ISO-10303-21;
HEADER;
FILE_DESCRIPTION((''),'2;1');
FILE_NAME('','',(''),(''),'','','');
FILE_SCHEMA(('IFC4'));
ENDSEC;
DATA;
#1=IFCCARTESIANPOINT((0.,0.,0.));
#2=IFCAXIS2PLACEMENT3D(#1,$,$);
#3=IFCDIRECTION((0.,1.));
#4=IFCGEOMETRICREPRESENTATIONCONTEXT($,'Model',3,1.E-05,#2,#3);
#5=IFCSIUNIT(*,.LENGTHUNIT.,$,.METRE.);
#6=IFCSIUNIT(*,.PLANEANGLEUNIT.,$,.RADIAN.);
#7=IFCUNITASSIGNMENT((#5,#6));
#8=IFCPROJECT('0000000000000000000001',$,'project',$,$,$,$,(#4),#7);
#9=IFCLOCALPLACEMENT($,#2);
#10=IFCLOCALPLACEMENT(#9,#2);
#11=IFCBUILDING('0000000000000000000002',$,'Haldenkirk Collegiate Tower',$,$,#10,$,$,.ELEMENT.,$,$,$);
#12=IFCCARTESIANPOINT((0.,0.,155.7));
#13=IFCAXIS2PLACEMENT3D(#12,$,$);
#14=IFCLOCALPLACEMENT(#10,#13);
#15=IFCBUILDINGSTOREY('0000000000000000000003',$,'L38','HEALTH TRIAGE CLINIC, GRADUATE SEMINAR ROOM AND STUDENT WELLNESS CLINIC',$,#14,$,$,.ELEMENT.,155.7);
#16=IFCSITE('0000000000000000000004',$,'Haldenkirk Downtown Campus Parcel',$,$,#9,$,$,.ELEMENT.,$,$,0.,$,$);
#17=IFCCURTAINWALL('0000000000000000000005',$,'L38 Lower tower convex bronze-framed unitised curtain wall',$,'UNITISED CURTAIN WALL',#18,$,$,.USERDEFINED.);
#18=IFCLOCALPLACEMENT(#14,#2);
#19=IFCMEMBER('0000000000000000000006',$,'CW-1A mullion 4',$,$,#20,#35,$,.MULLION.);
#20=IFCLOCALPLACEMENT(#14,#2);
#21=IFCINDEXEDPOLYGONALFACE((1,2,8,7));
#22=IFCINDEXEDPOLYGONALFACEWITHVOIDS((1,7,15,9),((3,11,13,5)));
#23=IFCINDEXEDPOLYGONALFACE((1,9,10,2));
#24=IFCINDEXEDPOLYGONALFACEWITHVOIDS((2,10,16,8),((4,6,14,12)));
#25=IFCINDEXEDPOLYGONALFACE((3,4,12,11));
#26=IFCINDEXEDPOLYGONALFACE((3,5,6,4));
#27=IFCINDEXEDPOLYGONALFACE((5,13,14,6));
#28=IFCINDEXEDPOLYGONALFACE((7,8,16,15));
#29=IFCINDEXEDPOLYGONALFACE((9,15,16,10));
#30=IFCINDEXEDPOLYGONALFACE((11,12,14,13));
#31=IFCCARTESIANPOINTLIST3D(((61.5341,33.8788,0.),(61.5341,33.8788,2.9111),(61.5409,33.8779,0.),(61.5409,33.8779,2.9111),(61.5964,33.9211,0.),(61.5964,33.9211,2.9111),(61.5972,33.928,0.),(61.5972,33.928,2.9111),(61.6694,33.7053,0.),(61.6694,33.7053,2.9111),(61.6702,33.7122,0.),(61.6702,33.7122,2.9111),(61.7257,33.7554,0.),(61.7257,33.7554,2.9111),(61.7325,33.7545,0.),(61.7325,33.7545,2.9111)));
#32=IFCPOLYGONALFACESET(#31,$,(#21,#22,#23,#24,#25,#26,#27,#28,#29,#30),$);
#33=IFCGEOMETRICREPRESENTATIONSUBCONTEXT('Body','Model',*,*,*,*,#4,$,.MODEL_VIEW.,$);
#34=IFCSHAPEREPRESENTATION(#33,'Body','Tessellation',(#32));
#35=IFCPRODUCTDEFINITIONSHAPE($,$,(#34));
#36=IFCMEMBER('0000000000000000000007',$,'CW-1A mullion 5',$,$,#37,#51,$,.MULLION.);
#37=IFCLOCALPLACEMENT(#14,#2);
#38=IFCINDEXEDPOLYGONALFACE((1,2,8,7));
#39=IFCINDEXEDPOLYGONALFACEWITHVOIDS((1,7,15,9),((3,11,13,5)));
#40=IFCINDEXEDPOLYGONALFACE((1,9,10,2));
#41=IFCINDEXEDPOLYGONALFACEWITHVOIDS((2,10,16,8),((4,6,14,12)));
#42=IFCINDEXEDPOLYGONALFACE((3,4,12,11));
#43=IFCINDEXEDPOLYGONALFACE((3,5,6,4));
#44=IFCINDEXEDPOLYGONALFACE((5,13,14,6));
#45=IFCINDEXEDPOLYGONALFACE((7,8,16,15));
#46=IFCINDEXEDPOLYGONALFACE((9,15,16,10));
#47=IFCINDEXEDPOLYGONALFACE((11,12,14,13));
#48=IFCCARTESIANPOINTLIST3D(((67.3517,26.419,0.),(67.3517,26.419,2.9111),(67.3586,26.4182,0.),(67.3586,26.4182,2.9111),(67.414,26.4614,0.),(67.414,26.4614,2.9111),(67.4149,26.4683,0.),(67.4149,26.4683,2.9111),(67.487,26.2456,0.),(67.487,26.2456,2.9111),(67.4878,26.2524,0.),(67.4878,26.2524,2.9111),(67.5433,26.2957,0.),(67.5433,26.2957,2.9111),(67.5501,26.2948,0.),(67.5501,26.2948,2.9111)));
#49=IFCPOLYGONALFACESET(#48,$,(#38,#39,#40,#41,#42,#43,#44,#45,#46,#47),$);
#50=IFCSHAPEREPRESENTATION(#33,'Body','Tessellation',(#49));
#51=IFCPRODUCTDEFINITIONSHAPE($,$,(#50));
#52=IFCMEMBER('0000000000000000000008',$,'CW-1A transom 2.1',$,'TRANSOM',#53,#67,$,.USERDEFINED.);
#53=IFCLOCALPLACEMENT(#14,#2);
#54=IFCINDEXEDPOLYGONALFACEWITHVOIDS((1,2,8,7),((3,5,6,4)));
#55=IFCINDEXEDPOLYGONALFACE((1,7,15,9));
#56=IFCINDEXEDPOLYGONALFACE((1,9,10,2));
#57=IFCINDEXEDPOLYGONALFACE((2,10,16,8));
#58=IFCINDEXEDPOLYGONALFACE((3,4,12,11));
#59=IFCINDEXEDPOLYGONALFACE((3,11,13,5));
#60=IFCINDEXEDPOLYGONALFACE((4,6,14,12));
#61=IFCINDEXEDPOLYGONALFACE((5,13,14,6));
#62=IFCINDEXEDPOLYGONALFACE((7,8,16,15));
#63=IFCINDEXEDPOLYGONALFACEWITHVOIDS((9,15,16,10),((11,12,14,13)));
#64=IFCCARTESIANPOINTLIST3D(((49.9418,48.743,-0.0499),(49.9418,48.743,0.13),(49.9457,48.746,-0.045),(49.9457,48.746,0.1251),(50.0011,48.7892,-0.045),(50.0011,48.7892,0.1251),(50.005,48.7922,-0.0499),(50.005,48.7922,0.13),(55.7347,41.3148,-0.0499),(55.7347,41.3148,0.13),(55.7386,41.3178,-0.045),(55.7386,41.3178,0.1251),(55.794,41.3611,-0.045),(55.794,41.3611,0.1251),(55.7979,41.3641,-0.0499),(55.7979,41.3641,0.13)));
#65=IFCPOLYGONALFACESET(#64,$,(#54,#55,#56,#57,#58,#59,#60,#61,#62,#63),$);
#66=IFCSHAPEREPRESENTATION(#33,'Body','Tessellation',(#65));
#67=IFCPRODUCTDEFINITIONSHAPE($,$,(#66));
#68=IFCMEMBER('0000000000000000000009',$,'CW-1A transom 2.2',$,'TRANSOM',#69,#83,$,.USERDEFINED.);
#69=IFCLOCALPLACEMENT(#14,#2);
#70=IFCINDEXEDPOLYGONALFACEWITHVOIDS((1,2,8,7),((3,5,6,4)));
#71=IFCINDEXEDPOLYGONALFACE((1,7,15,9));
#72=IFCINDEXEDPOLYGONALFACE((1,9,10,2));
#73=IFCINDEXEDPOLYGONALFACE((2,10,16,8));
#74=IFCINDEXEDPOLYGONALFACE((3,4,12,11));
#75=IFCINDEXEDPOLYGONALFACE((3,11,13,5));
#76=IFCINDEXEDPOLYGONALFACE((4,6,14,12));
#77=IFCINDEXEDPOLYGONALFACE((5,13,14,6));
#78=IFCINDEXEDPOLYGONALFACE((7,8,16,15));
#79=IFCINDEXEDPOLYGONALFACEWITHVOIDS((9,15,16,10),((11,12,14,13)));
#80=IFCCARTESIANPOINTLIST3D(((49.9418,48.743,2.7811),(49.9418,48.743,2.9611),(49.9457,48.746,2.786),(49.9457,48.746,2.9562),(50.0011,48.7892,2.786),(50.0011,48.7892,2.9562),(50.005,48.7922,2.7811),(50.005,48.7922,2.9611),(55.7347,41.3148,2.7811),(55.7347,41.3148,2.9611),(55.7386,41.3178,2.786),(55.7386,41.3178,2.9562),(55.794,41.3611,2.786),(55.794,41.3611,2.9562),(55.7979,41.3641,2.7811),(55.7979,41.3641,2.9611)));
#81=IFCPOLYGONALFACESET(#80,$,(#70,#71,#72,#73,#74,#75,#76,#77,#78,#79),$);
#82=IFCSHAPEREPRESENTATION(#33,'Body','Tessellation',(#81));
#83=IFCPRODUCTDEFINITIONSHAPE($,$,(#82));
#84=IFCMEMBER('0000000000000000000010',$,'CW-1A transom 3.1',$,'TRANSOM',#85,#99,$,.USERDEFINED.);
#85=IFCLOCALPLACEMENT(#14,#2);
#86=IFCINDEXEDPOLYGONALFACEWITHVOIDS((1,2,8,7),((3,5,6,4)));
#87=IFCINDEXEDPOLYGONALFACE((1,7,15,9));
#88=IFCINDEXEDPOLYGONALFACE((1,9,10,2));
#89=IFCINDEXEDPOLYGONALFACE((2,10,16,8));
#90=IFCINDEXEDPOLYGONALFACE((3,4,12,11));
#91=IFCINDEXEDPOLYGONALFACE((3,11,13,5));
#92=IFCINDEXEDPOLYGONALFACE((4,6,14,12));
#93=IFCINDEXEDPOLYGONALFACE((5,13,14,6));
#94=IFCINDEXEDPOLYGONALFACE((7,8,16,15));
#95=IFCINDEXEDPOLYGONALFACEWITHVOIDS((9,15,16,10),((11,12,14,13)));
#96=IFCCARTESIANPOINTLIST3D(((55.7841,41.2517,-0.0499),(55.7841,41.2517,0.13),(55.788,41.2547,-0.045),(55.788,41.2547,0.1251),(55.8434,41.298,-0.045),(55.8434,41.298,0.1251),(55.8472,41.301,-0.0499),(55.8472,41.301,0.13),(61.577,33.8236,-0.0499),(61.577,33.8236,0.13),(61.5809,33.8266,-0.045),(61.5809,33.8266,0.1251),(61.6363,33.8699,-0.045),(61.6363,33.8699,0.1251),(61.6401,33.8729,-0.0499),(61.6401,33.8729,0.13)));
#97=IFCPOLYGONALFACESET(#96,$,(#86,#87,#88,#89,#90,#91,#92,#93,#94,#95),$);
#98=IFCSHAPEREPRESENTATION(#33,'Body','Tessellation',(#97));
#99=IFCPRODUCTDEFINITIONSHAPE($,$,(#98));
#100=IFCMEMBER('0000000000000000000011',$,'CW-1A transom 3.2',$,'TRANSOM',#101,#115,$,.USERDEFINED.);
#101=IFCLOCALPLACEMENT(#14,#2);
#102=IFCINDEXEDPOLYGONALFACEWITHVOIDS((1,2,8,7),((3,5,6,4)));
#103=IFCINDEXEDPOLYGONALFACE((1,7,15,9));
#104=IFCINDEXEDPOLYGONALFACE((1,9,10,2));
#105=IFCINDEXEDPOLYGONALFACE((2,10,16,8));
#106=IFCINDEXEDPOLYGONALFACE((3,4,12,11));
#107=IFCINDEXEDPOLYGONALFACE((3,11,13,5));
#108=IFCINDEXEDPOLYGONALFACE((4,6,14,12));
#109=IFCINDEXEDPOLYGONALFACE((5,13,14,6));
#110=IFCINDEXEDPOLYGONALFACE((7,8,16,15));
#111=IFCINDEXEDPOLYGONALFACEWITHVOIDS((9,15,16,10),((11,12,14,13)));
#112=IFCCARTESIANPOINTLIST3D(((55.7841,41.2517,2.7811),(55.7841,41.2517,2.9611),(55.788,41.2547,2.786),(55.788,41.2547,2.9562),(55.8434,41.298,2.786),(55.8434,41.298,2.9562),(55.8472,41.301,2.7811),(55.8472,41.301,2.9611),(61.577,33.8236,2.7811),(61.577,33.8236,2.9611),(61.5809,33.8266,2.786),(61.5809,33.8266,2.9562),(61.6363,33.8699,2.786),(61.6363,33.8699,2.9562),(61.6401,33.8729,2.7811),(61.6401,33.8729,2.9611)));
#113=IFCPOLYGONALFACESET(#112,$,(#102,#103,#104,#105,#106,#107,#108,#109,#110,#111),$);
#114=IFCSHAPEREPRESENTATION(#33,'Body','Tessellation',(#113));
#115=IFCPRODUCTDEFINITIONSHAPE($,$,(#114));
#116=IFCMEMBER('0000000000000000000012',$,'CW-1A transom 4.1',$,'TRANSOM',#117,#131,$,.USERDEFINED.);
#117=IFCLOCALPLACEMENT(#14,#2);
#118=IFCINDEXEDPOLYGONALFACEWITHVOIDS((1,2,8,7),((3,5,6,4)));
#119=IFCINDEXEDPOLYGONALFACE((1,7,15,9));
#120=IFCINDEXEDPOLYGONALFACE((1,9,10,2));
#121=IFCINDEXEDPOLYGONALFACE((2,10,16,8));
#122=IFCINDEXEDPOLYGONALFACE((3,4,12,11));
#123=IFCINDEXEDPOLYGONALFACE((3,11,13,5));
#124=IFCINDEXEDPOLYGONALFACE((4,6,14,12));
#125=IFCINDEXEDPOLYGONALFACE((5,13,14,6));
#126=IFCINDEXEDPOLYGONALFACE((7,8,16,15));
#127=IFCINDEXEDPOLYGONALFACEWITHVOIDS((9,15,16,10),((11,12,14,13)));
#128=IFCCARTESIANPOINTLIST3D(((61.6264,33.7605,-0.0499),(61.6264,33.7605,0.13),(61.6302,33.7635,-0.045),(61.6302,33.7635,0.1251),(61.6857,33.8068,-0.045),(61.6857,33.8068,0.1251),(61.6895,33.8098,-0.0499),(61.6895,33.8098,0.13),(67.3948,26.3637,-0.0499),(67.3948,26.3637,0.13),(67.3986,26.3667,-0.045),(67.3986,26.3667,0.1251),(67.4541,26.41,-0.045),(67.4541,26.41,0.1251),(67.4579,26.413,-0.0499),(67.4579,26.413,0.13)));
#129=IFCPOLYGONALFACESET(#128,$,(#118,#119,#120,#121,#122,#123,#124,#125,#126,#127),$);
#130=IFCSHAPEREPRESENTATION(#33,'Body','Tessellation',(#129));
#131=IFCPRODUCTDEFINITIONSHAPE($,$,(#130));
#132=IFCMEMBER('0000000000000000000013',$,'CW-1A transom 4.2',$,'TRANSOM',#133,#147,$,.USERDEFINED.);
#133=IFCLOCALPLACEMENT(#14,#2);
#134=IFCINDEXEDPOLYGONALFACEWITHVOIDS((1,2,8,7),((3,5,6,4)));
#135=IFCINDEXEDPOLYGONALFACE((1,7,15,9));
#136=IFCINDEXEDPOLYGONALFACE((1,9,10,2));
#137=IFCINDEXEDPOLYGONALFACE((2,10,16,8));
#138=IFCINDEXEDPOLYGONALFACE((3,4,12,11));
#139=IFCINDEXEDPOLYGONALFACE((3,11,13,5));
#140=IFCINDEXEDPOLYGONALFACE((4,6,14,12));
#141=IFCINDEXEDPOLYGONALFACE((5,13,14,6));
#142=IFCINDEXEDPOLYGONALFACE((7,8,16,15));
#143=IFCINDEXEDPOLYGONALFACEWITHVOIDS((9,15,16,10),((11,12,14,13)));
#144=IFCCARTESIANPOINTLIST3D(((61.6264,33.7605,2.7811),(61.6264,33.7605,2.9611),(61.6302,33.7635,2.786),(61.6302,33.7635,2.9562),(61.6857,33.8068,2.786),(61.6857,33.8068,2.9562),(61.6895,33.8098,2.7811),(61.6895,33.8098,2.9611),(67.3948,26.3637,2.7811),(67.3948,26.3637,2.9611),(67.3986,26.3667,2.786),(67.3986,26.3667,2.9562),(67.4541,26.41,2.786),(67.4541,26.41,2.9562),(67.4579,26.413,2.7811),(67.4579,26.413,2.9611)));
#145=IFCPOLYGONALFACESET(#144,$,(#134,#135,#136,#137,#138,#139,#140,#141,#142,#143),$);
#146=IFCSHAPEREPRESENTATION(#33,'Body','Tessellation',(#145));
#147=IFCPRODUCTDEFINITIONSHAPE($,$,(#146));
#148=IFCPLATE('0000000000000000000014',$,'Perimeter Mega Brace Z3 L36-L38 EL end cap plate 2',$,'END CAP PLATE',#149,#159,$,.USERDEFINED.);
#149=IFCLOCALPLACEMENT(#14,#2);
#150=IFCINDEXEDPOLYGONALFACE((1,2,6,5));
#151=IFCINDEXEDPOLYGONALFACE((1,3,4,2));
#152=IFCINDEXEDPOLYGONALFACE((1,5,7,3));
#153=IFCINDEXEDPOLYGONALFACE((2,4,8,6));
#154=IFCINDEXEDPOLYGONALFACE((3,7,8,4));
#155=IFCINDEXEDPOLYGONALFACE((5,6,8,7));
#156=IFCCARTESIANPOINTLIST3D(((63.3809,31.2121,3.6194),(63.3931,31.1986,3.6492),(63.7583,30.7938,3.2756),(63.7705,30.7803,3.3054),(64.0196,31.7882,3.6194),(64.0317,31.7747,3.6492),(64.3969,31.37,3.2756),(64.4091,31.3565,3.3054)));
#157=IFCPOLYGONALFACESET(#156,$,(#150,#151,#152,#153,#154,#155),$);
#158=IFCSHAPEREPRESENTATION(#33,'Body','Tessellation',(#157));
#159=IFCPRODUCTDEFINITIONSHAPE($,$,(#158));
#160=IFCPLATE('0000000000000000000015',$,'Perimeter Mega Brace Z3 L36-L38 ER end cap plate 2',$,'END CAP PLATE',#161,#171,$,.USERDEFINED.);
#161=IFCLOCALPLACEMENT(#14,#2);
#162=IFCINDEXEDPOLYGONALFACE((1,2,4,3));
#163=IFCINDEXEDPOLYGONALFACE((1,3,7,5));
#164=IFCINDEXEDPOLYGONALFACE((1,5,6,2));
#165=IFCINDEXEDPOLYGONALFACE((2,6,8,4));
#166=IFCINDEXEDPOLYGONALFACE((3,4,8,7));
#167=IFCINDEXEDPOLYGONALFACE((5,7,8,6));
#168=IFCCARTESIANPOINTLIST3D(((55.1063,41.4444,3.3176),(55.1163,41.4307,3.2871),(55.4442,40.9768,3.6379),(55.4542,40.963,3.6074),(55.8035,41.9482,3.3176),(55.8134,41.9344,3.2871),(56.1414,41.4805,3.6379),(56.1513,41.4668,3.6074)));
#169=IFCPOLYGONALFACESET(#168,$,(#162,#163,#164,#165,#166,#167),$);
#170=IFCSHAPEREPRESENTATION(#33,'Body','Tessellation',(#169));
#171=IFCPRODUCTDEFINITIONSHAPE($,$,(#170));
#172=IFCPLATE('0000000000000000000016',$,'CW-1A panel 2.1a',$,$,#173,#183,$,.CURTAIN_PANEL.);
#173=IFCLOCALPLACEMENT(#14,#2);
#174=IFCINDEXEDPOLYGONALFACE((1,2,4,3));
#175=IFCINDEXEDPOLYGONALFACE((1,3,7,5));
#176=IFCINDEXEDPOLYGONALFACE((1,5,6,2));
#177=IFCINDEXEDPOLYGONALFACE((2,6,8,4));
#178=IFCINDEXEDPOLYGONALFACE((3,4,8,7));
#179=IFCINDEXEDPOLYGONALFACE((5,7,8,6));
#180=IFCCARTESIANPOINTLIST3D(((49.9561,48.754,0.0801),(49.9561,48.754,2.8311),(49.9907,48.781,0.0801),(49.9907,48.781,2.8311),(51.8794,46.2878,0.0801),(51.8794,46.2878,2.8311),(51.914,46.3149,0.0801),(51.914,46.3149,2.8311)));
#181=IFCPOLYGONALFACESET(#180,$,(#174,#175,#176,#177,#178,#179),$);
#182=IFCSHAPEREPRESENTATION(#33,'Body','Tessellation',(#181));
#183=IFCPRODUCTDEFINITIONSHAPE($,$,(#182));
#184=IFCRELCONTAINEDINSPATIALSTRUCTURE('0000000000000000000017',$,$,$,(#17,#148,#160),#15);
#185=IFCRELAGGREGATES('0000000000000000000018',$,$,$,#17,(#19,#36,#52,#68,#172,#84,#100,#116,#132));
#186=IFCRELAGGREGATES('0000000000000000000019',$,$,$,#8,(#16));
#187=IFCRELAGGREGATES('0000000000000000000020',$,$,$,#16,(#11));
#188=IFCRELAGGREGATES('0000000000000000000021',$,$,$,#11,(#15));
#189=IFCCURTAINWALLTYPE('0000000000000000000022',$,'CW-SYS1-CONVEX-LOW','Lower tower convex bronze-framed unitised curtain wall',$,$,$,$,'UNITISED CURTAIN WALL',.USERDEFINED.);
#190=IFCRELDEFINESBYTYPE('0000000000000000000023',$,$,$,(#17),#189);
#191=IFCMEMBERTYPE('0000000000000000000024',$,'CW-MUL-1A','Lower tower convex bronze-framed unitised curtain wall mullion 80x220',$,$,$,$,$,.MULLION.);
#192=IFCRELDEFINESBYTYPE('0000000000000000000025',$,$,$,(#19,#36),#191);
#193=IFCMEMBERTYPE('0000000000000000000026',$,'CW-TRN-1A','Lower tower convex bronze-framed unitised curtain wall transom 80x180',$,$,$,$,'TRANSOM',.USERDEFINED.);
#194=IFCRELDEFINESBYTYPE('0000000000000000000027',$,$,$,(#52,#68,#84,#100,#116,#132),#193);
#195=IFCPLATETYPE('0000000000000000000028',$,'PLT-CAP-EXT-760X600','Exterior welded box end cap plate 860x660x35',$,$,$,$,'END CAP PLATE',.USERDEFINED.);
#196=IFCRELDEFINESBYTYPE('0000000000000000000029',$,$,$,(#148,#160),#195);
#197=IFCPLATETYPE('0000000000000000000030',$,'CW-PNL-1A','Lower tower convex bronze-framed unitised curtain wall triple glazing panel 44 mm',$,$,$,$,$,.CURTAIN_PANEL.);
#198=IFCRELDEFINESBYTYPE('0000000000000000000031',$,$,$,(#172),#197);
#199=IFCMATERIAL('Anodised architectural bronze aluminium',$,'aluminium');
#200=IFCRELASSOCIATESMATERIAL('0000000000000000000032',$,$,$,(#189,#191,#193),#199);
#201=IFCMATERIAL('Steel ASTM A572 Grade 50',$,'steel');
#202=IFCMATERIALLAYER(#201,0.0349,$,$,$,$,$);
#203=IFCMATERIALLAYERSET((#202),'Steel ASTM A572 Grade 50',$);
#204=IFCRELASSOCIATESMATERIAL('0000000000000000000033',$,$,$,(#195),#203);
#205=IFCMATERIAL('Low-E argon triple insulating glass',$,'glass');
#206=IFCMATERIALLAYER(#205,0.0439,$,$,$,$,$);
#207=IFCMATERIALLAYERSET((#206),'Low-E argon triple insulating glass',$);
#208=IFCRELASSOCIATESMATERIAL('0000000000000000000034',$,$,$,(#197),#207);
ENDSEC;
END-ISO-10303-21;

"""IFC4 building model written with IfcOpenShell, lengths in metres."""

from ifc_helpers import new_model, si_unit, direction, frame, origin, origin_2d, place, context, subcontext, project, spatial, rectangle, hollow_rectangle, extrude, source, transform, mapped, material, layer, layer_set, material_profile, profile_set, type_object, element, aggregate, save


model = new_model("IFC4")

# Units and contexts
model_context = context("Model", 3, precision=1e-05, world=origin(), true_north=direction((0.0, 1.0)))
body_context = subcontext(model_context, "Body", "Model", "MODEL_VIEW")
ifc_project = project(units=[si_unit("LENGTHUNIT", "METRE"), si_unit("PLANEANGLEUNIT", "RADIAN")], contexts=[model_context])

# Site, building, storey
site_placement = place(None, origin())
site = spatial("IfcSite", under=ifc_project, at=site_placement, Name="Haldenkirk Downtown Campus Parcel", CompositionType="ELEMENT", RefElevation=0.0)
building_placement = place(site_placement, origin())
building = spatial("IfcBuilding", under=site, at=building_placement, Name="Haldenkirk Collegiate Tower", CompositionType="ELEMENT")
storey_placement = place(building_placement, frame((0.0, 0.0, 155.7)))
storey = spatial("IfcBuildingStorey", under=building, at=storey_placement, Name="L38", Description="HEALTH TRIAGE CLINIC, GRADUATE SEMINAR ROOM AND STUDENT WELLNESS CLINIC", CompositionType="ELEMENT", Elevation=155.7)

# Curtain wall, members
ifc_material_1 = material(Name="Anodised architectural bronze aluminium", Category="aluminium")
curtain_wall_type = type_object("IfcCurtainWallType", Name="CW-SYS1-CONVEX-LOW", Description="Lower tower convex bronze-framed unitised curtain wall", ElementType="UNITISED CURTAIN WALL", PredefinedType="USERDEFINED", material=ifc_material_1)
curtain_wall_placement = place(storey_placement, origin())
curtain_wall = element("IfcCurtainWall", 1, at=curtain_wall_placement, inside=storey, type_object=curtain_wall_type, Name="L38 Lower tower convex bronze-framed unitised curtain wall", ObjectType="UNITISED CURTAIN WALL", PredefinedType="USERDEFINED")
ifc_material_profile_1 = material_profile(ifc_material_1, hollow_rectangle(XDim=0.0801, YDim=0.22, WallThickness=0.0049, at=origin_2d()), Name="CW-MUL-1A")
ifc_profile_set_1 = profile_set([ifc_material_profile_1], Name="Anodised architectural bronze aluminium")
member_type_1 = type_object("IfcMemberType", Name="CW-MUL-1A", Description="Lower tower convex bronze-framed unitised curtain wall mullion 80x220", PredefinedType="MULLION", material=ifc_profile_set_1)
member_1_placement = place(storey_placement, frame((61.6333, 33.8167, 0.0), z_axis=(0.0, 0.0, 1.0), x_axis=(0.788548, 0.614974, 0.0)))
member_1 = element("IfcMember", 2, at=member_1_placement, type_object=member_type_1, Name="CW-1A mullion 4", PredefinedType="MULLION", context=body_context, shape_type="SweptSolid", body=[
    extrude(hollow_rectangle(XDim=0.0801, YDim=0.22, WallThickness=0.0049, at=origin_2d()), origin(), (0.0, 0.0, 1.0), 2.9111),
])
member_2_placement = place(storey_placement, frame((67.4509, 26.3569, 0.0), z_axis=(0.0, 0.0, 1.0), x_axis=(0.788548, 0.614974, 0.0)))
member_2 = element("IfcMember", 3, at=member_2_placement, type_object=member_type_1, Name="CW-1A mullion 5", PredefinedType="MULLION", context=body_context, shape_type="SweptSolid", body=[
    extrude(hollow_rectangle(XDim=0.0801, YDim=0.22, WallThickness=0.0049, at=origin_2d()), origin(), (0.0, 0.0, 1.0), 2.9111),
])
ifc_material_profile_2 = material_profile(ifc_material_1, hollow_rectangle(XDim=0.0801, YDim=0.1799, WallThickness=0.0049, at=origin_2d()), Name="CW-TRN-1A")
ifc_profile_set_2 = profile_set([ifc_material_profile_2], Name="Anodised architectural bronze aluminium")
member_type_2 = type_object("IfcMemberType", Name="CW-TRN-1A", Description="Lower tower convex bronze-framed unitised curtain wall transom 80x180", ElementType="TRANSOM", PredefinedType="USERDEFINED", material=ifc_profile_set_2)
member_3_placement = place(storey_placement, frame((49.9734, 48.7676, 0.04), z_axis=(0.614963, -0.788556, 0.0), x_axis=(0.788556, 0.614963, 0.0)))
member_3 = element("IfcMember", 4, at=member_3_placement, type_object=member_type_2, Name="CW-1A transom 2.1", ObjectType="TRANSOM", PredefinedType="USERDEFINED", context=body_context, shape_type="SweptSolid", body=[
    extrude(hollow_rectangle(XDim=0.0801, YDim=0.1799, WallThickness=0.0049, at=origin_2d()), origin(), (0.0, 0.0, 1.0), 9.4199),
])
member_4_placement = place(storey_placement, frame((49.9734, 48.7676, 2.8711), z_axis=(0.614963, -0.788556, 0.0), x_axis=(0.788556, 0.614963, 0.0)))
member_4 = element("IfcMember", 5, at=member_4_placement, type_object=member_type_2, Name="CW-1A transom 2.2", ObjectType="TRANSOM", PredefinedType="USERDEFINED", context=body_context, shape_type="SweptSolid", body=[
    extrude(hollow_rectangle(XDim=0.0801, YDim=0.1799, WallThickness=0.0049, at=origin_2d()), origin(), (0.0, 0.0, 1.0), 9.4199),
])
member_5_placement = place(storey_placement, frame((55.8157, 41.2764, 0.04), z_axis=(0.614963, -0.788556, 0.0), x_axis=(0.788556, 0.614963, 0.0)))
member_5 = element("IfcMember", 6, at=member_5_placement, type_object=member_type_2, Name="CW-1A transom 3.1", ObjectType="TRANSOM", PredefinedType="USERDEFINED", context=body_context, shape_type="SweptSolid", body=[
    extrude(hollow_rectangle(XDim=0.0801, YDim=0.1799, WallThickness=0.0049, at=origin_2d()), origin(), (0.0, 0.0, 1.0), 9.4199),
])
member_6_placement = place(storey_placement, frame((55.8157, 41.2764, 2.8711), z_axis=(0.614963, -0.788556, 0.0), x_axis=(0.788556, 0.614963, 0.0)))
member_6 = element("IfcMember", 7, at=member_6_placement, type_object=member_type_2, Name="CW-1A transom 3.2", ObjectType="TRANSOM", PredefinedType="USERDEFINED", context=body_context, shape_type="SweptSolid", body=[
    extrude(hollow_rectangle(XDim=0.0801, YDim=0.1799, WallThickness=0.0049, at=origin_2d()), origin(), (0.0, 0.0, 1.0), 9.4199),
])
member_7_placement = place(storey_placement, frame((61.658, 33.7852, 0.04), z_axis=(0.614956, -0.788561, 0.0), x_axis=(0.788561, 0.614956, 0.0)))
member_7 = element("IfcMember", 8, at=member_7_placement, type_object=member_type_2, Name="CW-1A transom 4.1", ObjectType="TRANSOM", PredefinedType="USERDEFINED", context=body_context, shape_type="SweptSolid", body=[
    extrude(hollow_rectangle(XDim=0.0801, YDim=0.1799, WallThickness=0.0049, at=origin_2d()), origin(), (0.0, 0.0, 1.0), 9.3801),
])
member_8_placement = place(storey_placement, frame((61.658, 33.7852, 2.8711), z_axis=(0.614956, -0.788561, 0.0), x_axis=(0.788561, 0.614956, 0.0)))
member_8 = element("IfcMember", 9, at=member_8_placement, type_object=member_type_2, Name="CW-1A transom 4.2", ObjectType="TRANSOM", PredefinedType="USERDEFINED", context=body_context, shape_type="SweptSolid", body=[
    extrude(hollow_rectangle(XDim=0.0801, YDim=0.1799, WallThickness=0.0049, at=origin_2d()), origin(), (0.0, 0.0, 1.0), 9.3801),
])

# Plates
ifc_material_2 = material(Name="Steel ASTM A572 Grade 50", Category="steel")
ifc_layer_1 = layer(ifc_material_2, 0.0349)
ifc_layer_set_1 = layer_set([ifc_layer_1], Name="Steel ASTM A572 Grade 50")
plate_type_1 = type_object("IfcPlateType", Name="PLT-CAP-EXT-760X600", Description="Exterior welded box end cap plate 860x660x35", ElementType="END CAP PLATE", PredefinedType="USERDEFINED", material=ifc_layer_set_1)
shared_shape_1 = source(origin(), body_context, "Body", "SweptSolid", [
    extrude(rectangle(XDim=0.8601, YDim=0.6599, at=origin_2d()), origin(), (0.0, 0.0, 1.0), 0.0349),
])
for number, where, z_axis, x_axis, name in (
    (10, (63.8889, 31.291, 3.4475), (0.348963, -0.386794, 0.85359), (0.742484, 0.669864, 0.0), "Perimeter Mega Brace Z3 L36-L38 EL end cap plate 2"),
    (11, (55.6338, 41.4487, 3.4473), (-0.284263, 0.393423, 0.874307), (-0.810558, -0.585658, 0.0), "Perimeter Mega Brace Z3 L36-L38 ER end cap plate 2"),
):
    element("IfcPlate", number, at=place(storey_placement, frame(where, z_axis=z_axis, x_axis=x_axis)), inside=storey, type_object=plate_type_1, Name=name, ObjectType="END CAP PLATE", PredefinedType="USERDEFINED", context=body_context, shape_type="MappedRepresentation", body=[
        mapped(shared_shape_1, transform((0.0, 0.0, 0.0), x_axis=(1.0, 0.0, 0.0), y_axis=(0.0, 1.0, 0.0), z_axis=(0.0, 0.0, 1.0), scale=1.0)),
    ])

# Plate
ifc_material_3 = material(Name="Low-E argon triple insulating glass", Category="glass")
ifc_layer_2 = layer(ifc_material_3, 0.0439)
ifc_layer_set_2 = layer_set([ifc_layer_2], Name="Low-E argon triple insulating glass")
plate_type_2 = type_object("IfcPlateType", Name="CW-PNL-1A", Description="Lower tower convex bronze-framed unitised curtain wall triple glazing panel 44 mm", PredefinedType="CURTAIN_PANEL", material=ifc_layer_set_2)
shared_shape_2 = source(origin(), body_context, "Body", "SweptSolid", [
    extrude(rectangle(XDim=3.1274, YDim=0.0439, at=origin_2d()), origin(), (0.0, 0.0, 1.0), 2.751),
])
plate_1_placement = place(storey_placement, frame((50.9351, 47.5344, 0.0801), z_axis=(0.0, 0.0, 1.0), x_axis=(0.614974, -0.788548, 0.0)))
plate_1 = element("IfcPlate", 12, at=plate_1_placement, type_object=plate_type_2, Name="CW-1A panel 2.1a", PredefinedType="CURTAIN_PANEL", context=body_context, shape_type="MappedRepresentation", body=[
    mapped(shared_shape_2, transform((0.0, 0.0, 0.0), x_axis=(1.0, 0.0, 0.0), y_axis=(0.0, 1.0, 0.0), z_axis=(0.0, 0.0, 1.0), scale=1.0)),
])
aggregate(curtain_wall, [member_1, member_2, member_3, member_4, plate_1, member_5, member_6, member_7, member_8])

save(model, "model.ifc")
